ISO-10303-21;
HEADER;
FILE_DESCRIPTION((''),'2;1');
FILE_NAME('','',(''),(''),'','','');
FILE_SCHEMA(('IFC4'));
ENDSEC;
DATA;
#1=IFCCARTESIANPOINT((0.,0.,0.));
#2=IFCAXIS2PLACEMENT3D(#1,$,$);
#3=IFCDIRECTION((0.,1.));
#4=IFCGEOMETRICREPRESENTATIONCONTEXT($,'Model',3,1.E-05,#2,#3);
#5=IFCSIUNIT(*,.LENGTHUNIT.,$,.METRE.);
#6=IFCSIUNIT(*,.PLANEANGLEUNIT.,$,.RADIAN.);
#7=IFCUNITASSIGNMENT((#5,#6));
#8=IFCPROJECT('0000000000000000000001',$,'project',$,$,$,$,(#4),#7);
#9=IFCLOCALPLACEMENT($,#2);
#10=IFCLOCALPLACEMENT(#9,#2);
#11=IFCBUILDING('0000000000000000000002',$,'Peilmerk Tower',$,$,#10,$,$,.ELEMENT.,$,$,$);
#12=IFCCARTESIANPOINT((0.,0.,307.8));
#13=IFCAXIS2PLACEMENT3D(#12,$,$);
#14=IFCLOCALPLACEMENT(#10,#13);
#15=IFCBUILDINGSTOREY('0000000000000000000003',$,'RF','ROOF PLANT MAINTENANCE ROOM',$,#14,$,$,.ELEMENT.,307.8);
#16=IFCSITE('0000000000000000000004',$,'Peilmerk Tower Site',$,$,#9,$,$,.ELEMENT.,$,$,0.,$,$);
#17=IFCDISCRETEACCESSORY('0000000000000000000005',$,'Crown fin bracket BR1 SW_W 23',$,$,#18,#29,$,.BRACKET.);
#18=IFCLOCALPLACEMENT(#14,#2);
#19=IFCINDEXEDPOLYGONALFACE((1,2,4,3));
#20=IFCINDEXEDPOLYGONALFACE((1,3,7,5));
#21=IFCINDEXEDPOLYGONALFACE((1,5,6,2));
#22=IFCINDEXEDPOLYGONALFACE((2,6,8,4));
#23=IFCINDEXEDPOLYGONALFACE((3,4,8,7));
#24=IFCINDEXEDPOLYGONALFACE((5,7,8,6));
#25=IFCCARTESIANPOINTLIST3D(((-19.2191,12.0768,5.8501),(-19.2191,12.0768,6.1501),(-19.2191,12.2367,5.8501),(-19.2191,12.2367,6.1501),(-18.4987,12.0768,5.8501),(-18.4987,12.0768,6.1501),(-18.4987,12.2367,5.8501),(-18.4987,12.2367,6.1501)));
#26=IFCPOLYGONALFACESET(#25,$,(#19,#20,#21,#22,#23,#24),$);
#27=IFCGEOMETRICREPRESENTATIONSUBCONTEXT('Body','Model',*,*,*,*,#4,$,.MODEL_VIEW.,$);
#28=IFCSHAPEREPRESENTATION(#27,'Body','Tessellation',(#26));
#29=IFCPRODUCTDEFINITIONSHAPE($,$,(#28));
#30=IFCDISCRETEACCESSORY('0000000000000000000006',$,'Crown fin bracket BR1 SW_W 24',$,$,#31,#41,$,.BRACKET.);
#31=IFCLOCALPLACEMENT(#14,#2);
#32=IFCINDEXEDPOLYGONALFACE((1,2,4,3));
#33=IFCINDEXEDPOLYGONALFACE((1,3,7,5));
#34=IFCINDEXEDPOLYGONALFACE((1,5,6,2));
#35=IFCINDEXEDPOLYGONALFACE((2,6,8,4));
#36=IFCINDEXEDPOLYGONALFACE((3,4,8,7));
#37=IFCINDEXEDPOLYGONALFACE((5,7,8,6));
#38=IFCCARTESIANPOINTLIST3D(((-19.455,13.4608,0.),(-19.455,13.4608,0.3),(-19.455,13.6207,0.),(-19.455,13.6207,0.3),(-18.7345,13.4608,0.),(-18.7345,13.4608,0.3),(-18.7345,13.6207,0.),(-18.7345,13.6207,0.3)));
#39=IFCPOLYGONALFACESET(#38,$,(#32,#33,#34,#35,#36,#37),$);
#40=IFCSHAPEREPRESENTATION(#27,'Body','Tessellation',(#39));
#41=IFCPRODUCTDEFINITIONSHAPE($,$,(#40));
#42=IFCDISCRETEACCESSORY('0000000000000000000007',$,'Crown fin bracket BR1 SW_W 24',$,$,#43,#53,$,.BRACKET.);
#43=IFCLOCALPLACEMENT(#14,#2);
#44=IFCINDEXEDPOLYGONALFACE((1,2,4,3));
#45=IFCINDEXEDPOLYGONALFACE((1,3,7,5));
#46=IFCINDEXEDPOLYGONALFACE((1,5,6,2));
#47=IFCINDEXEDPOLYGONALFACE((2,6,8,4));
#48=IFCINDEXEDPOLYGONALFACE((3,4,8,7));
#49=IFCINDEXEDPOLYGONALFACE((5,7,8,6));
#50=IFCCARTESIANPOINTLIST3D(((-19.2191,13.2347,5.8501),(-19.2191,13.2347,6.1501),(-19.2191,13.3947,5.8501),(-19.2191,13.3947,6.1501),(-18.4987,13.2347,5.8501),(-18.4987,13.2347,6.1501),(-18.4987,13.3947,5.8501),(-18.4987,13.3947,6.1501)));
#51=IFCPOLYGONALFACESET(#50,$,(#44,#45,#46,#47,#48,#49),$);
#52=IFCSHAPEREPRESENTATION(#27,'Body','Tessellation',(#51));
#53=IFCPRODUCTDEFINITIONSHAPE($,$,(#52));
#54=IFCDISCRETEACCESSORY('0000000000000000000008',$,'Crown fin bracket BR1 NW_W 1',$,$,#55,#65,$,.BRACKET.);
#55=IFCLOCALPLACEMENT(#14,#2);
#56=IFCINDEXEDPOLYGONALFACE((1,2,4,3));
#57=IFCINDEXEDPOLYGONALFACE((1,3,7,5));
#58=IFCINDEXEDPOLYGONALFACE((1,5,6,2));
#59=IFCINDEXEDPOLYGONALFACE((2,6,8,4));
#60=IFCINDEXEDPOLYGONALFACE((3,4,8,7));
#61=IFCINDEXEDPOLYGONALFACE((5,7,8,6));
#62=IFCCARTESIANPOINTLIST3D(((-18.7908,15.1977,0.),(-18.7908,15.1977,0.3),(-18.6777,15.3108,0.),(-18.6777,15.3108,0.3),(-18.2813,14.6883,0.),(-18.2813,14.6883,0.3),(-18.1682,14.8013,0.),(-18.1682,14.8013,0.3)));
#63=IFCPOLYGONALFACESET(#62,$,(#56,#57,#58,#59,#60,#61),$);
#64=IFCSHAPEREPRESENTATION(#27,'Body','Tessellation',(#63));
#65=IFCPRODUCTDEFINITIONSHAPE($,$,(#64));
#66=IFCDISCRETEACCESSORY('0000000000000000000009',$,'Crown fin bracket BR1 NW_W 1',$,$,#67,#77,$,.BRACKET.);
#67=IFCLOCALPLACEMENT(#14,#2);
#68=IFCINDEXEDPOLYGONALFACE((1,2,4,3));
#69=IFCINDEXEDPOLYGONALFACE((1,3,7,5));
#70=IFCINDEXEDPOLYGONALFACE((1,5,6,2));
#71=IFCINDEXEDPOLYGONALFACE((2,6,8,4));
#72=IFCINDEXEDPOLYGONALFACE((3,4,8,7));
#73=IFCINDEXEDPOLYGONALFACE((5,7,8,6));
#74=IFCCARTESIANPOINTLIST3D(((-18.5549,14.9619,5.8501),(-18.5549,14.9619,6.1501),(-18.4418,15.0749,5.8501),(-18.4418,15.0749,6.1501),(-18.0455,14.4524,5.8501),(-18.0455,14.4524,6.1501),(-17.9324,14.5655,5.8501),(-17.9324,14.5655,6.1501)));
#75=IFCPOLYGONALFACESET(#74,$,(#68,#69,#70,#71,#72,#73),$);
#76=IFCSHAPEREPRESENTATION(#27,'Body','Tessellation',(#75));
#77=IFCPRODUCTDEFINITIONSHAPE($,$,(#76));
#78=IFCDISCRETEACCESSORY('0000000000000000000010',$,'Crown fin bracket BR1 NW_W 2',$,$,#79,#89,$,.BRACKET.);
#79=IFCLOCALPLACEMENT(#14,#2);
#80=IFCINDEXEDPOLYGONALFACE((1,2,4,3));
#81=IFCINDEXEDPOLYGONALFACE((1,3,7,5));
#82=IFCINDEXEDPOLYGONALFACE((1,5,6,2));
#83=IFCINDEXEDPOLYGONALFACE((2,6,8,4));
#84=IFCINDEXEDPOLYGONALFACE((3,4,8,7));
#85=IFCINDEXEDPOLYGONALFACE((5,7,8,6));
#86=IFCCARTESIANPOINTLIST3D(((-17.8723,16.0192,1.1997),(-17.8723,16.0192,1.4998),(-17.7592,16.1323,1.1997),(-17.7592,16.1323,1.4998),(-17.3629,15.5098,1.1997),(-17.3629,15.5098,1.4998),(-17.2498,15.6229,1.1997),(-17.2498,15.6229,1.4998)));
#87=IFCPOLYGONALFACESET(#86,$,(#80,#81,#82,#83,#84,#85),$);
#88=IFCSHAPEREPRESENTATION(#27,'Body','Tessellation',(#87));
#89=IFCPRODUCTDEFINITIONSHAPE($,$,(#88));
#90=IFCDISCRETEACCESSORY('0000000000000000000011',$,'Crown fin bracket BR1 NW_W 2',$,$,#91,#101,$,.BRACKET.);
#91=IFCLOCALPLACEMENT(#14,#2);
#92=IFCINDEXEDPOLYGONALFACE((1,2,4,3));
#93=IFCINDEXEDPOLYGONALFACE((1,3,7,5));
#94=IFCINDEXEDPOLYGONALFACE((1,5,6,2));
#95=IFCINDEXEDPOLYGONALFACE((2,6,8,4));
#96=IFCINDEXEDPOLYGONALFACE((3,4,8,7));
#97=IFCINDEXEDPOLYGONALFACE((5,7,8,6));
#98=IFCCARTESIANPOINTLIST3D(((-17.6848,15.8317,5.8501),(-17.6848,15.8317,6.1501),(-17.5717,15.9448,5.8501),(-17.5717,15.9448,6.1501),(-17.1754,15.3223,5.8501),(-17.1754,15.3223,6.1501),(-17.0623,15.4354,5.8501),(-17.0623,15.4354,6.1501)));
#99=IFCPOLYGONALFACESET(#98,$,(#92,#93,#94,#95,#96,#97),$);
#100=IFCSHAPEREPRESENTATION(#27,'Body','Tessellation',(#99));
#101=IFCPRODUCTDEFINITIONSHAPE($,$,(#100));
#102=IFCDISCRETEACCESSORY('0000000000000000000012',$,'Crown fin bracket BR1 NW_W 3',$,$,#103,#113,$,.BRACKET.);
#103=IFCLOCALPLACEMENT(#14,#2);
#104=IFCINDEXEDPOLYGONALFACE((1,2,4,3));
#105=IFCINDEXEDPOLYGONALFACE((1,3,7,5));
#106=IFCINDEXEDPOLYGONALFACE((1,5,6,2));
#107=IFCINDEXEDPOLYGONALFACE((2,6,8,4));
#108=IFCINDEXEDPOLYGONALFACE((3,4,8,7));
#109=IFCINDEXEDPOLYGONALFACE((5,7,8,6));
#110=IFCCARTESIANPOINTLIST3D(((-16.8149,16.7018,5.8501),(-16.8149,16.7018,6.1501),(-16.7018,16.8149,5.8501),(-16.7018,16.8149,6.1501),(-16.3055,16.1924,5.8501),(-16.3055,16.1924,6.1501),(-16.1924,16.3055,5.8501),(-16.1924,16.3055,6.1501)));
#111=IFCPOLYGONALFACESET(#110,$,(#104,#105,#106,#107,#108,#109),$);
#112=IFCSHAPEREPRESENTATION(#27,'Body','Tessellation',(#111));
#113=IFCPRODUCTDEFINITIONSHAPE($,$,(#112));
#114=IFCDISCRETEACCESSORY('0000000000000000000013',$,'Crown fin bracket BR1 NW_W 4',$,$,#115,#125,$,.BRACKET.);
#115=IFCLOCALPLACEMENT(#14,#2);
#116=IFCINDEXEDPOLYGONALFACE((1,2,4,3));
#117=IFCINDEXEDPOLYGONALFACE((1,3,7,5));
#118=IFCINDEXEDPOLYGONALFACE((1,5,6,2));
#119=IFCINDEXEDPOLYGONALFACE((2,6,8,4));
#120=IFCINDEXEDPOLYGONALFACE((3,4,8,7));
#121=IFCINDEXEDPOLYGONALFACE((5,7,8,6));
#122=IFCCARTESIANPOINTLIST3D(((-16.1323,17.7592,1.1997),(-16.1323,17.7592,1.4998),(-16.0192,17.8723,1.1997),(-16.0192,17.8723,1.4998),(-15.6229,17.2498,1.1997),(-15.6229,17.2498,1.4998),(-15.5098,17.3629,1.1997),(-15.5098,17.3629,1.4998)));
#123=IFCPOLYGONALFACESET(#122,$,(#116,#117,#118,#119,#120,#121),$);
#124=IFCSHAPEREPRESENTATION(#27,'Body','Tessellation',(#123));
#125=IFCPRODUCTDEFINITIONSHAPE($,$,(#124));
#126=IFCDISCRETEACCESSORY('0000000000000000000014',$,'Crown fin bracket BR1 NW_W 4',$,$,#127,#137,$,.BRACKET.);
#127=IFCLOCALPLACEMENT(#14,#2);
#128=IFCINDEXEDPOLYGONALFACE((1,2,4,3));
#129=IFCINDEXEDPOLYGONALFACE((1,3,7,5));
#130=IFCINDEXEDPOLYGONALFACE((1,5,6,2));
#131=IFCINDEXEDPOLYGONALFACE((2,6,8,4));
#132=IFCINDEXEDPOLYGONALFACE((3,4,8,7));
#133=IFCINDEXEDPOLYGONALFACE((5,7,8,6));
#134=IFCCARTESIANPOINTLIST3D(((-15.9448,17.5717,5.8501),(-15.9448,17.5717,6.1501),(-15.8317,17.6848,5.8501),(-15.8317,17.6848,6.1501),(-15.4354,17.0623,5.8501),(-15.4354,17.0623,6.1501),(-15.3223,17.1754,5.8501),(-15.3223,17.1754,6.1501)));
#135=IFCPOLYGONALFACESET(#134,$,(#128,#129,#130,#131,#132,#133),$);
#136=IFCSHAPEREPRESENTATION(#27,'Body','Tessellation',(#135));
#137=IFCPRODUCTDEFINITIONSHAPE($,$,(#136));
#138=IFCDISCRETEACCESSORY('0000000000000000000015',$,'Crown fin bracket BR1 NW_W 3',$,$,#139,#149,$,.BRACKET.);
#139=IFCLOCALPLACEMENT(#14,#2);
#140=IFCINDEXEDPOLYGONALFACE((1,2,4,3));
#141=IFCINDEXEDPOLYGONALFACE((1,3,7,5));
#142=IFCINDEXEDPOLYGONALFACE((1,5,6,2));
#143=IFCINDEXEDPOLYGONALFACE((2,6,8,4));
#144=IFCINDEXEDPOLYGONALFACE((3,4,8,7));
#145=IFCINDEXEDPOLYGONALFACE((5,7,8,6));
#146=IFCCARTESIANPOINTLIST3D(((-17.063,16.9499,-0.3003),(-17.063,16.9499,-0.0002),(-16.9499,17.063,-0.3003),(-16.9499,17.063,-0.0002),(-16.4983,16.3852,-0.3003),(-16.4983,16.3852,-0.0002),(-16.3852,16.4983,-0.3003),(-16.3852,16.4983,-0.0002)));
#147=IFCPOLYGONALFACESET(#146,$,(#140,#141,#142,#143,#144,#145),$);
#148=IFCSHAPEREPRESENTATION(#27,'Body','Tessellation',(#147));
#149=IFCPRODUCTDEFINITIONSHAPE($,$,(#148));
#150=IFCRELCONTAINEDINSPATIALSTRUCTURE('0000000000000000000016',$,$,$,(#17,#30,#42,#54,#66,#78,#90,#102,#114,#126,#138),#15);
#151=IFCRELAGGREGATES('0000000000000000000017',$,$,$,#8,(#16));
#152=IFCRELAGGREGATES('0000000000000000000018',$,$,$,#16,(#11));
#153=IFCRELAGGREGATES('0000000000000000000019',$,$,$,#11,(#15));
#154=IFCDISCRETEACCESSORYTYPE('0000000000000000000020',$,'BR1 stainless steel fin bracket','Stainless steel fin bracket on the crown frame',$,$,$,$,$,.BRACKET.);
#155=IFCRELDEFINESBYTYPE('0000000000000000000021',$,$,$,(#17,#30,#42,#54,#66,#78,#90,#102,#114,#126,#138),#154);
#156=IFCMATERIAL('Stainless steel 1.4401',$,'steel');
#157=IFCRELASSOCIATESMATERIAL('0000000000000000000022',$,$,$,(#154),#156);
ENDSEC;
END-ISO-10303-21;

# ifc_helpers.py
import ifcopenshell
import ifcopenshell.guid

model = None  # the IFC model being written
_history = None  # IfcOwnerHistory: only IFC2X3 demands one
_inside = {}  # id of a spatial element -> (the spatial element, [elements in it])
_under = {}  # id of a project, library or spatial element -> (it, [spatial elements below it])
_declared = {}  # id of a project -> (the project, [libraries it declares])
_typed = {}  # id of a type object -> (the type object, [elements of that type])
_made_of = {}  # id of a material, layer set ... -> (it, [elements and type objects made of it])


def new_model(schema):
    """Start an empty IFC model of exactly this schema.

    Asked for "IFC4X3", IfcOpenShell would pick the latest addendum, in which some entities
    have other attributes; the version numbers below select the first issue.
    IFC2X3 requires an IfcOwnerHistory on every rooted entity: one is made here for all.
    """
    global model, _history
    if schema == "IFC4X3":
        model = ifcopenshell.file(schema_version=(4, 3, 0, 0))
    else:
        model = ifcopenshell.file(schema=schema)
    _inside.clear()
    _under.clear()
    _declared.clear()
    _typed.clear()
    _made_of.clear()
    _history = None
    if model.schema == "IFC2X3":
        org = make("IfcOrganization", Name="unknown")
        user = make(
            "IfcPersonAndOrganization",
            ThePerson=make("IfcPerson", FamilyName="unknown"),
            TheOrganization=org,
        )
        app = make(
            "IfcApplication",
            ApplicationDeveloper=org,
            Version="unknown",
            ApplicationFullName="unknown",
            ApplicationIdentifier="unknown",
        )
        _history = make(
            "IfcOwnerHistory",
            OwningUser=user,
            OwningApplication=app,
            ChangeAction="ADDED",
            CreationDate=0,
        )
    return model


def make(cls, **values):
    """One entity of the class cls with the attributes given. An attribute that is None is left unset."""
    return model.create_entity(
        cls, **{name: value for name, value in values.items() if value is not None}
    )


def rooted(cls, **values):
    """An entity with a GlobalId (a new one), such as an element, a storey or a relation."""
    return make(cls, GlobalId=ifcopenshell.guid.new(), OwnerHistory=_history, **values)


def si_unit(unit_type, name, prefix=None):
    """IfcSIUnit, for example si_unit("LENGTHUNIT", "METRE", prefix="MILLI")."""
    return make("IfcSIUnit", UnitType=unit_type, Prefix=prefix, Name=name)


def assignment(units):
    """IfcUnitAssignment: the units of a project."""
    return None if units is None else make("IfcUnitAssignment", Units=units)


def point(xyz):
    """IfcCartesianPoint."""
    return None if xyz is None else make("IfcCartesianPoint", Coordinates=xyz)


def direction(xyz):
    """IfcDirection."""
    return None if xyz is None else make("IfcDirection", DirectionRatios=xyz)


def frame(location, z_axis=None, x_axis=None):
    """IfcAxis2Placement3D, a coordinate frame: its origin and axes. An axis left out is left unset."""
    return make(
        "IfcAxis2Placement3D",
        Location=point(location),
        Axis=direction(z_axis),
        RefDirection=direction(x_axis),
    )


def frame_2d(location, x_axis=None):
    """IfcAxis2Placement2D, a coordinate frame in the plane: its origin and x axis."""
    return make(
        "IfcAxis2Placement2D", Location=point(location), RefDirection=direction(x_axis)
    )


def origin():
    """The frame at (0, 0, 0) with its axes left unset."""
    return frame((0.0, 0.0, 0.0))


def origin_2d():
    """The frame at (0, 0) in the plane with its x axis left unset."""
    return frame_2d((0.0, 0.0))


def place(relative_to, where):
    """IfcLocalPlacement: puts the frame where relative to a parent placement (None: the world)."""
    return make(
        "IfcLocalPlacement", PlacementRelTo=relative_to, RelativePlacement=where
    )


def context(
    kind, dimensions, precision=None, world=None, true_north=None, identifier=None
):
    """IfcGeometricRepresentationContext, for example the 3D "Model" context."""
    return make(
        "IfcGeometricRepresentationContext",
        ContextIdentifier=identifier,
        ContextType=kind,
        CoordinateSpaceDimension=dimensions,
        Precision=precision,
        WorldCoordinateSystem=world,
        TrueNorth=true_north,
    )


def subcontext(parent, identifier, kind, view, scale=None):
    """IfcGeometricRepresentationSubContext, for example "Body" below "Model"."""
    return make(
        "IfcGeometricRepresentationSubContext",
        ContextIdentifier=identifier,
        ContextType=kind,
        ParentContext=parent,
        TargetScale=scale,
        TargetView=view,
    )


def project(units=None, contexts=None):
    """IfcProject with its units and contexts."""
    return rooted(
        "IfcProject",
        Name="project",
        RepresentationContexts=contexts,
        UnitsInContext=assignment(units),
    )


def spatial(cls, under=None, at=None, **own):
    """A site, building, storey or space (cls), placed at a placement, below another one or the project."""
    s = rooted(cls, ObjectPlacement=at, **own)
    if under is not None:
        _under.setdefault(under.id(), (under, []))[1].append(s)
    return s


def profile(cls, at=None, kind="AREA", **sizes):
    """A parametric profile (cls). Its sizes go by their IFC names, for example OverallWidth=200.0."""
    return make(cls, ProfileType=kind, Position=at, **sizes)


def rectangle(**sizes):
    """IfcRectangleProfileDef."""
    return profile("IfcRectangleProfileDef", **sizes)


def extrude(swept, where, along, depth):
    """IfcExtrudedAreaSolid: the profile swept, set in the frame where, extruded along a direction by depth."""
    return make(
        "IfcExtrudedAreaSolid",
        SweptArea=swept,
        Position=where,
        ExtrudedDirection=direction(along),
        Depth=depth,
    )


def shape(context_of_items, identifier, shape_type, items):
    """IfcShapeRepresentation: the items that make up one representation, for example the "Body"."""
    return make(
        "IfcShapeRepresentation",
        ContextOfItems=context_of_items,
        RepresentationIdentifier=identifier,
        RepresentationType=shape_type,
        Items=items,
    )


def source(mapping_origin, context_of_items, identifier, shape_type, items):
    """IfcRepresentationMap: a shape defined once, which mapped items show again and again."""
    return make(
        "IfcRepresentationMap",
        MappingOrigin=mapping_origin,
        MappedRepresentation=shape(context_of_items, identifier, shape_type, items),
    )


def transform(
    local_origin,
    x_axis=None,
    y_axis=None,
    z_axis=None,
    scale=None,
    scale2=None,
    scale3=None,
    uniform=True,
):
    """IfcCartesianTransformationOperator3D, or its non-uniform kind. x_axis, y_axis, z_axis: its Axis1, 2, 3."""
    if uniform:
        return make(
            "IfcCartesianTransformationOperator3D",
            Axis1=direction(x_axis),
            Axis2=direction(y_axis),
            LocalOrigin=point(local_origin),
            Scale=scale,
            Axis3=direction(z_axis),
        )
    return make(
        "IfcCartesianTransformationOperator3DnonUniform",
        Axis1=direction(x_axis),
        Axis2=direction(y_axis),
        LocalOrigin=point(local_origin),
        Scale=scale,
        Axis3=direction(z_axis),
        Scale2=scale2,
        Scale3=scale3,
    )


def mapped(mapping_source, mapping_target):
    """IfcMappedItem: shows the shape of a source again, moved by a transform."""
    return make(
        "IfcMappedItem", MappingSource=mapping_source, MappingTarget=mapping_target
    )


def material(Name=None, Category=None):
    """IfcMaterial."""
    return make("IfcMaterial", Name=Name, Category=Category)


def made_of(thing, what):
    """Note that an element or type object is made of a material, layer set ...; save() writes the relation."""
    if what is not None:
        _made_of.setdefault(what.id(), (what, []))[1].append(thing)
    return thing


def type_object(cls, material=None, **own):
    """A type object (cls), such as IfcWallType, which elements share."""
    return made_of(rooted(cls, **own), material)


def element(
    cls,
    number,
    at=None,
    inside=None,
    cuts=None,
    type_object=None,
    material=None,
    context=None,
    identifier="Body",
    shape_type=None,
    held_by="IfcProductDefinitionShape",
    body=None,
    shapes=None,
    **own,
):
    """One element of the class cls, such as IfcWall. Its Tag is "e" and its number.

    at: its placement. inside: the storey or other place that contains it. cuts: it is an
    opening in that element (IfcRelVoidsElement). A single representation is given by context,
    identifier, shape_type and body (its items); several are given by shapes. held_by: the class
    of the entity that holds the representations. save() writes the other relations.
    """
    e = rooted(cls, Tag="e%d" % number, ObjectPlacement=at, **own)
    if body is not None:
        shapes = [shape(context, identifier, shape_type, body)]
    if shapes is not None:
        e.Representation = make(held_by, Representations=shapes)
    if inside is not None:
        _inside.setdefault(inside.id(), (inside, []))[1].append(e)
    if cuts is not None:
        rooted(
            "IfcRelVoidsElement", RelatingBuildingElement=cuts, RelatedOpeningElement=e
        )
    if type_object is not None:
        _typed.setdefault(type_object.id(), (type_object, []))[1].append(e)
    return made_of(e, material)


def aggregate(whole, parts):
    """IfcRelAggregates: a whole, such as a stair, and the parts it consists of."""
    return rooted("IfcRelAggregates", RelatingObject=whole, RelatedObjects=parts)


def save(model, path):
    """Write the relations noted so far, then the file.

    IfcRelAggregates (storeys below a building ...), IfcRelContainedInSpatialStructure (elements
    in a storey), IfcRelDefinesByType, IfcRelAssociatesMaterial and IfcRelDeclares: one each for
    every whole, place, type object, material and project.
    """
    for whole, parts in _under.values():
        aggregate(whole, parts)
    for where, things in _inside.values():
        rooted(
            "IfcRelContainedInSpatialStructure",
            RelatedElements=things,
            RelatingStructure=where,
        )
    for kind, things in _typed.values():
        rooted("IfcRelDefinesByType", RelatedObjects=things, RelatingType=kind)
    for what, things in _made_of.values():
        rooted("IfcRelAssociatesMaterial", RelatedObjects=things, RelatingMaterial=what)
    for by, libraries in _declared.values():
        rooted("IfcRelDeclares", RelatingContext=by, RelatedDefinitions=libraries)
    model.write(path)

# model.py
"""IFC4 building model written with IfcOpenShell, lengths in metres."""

from ifc_helpers import new_model, si_unit, direction, frame, origin, origin_2d, place, context, subcontext, project, spatial, rectangle, extrude, source, transform, mapped, material, type_object, element, save


model = new_model("IFC4")

# Units and contexts
model_context = context("Model", 3, precision=1e-05, world=origin(), true_north=direction((0.0, 1.0)))
body_context = subcontext(model_context, "Body", "Model", "MODEL_VIEW")
ifc_project = project(units=[si_unit("LENGTHUNIT", "METRE"), si_unit("PLANEANGLEUNIT", "RADIAN")], contexts=[model_context])

# Site, building, storey
site_placement = place(None, origin())
site = spatial("IfcSite", under=ifc_project, at=site_placement, Name="Peilmerk Tower Site", CompositionType="ELEMENT", RefElevation=0.0)
building_placement = place(site_placement, origin())
building = spatial("IfcBuilding", under=site, at=building_placement, Name="Peilmerk Tower", CompositionType="ELEMENT")
storey_placement = place(building_placement, frame((0.0, 0.0, 307.8)))
storey = spatial("IfcBuildingStorey", under=building, at=storey_placement, Name="RF", Description="ROOF PLANT MAINTENANCE ROOM", CompositionType="ELEMENT", Elevation=307.8)

# Discrete accessories
ifc_material_1 = material(Name="Stainless steel 1.4401", Category="steel")
discrete_accessory_type = type_object("IfcDiscreteAccessoryType", Name="BR1 stainless steel fin bracket", Description="Stainless steel fin bracket on the crown frame", PredefinedType="BRACKET", material=ifc_material_1)
shared_shape_1 = source(origin(), body_context, "Body", "SweptSolid", [
    extrude(rectangle(XDim=0.7205, YDim=0.1599, at=origin_2d()), origin(), (0.0, 0.0, 1.0), 0.3),
])
for number, where, z_axis, x_axis, name in (
    (1, (-18.8589, 12.1567, 5.8501), (0.0, 0.0, 1.0), (-1.0, 0.0, 0.0), "Crown fin bracket BR1 SW_W 23"),
    (2, (-19.0947, 13.5408, 0.0), (0.0, 0.0, 1.0), (-1.0, 0.0, 0.0), "Crown fin bracket BR1 SW_W 24"),
    (3, (-18.8589, 13.3147, 5.8501), (0.0, 0.0, 1.0), (-1.0, 0.0, 0.0), "Crown fin bracket BR1 SW_W 24"),
    (4, (-18.4795, 14.9995, 0.0), (0.0, 0.0, 1.0), (-0.707107, 0.707107, 0.0), "Crown fin bracket BR1 NW_W 1"),
    (5, (-18.2437, 14.7637, 5.8501), (0.0, 0.0, 1.0), (-0.707107, 0.707107, 0.0), "Crown fin bracket BR1 NW_W 1"),
    (6, (-17.561, 15.821, 1.1997), (0.0, 0.0, 1.0), (-0.707107, 0.707107, 0.0), "Crown fin bracket BR1 NW_W 2"),
    (7, (-17.3735, 15.6335, 5.8501), (0.0, 0.0, 1.0), (-0.707107, 0.707107, 0.0), "Crown fin bracket BR1 NW_W 2"),
    (8, (-16.5037, 16.5037, 5.8501), (0.0, 0.0, 1.0), (-0.707107, 0.707107, 0.0), "Crown fin bracket BR1 NW_W 3"),
    (9, (-15.821, 17.561, 1.1997), (0.0, 0.0, 1.0), (-0.707107, 0.707107, 0.0), "Crown fin bracket BR1 NW_W 4"),
    (10, (-15.6335, 17.3735, 5.8501), (0.0, 0.0, 1.0), (-0.707107, 0.707107, 0.0), "Crown fin bracket BR1 NW_W 4"),
):
    element("IfcDiscreteAccessory", number, at=place(storey_placement, frame(where, z_axis=z_axis, x_axis=x_axis)), inside=storey, type_object=discrete_accessory_type, Name=name, PredefinedType="BRACKET", context=body_context, shape_type="MappedRepresentation", body=[
        mapped(shared_shape_1, transform((0.0, 0.0, 0.0), scale=1.0)),
    ])
shared_shape_2 = source(origin(), body_context, "Body", "SweptSolid", [
    extrude(rectangle(XDim=0.7986, YDim=0.1599, at=origin_2d()), origin(), (0.0, 0.0, 1.0), 0.3),
])
discrete_accessory_placement = place(storey_placement, frame((-16.7241, 16.7241, -0.3003), z_axis=(0.0, 0.0, 1.0), x_axis=(-0.707107, 0.707107, 0.0)))
element("IfcDiscreteAccessory", 11, at=discrete_accessory_placement, inside=storey, type_object=discrete_accessory_type, Name="Crown fin bracket BR1 NW_W 3", PredefinedType="BRACKET", context=body_context, shape_type="MappedRepresentation", body=[
    mapped(shared_shape_2, transform((0.0, 0.0, 0.0), scale=1.0)),
])

save(model, "model.ifc")
